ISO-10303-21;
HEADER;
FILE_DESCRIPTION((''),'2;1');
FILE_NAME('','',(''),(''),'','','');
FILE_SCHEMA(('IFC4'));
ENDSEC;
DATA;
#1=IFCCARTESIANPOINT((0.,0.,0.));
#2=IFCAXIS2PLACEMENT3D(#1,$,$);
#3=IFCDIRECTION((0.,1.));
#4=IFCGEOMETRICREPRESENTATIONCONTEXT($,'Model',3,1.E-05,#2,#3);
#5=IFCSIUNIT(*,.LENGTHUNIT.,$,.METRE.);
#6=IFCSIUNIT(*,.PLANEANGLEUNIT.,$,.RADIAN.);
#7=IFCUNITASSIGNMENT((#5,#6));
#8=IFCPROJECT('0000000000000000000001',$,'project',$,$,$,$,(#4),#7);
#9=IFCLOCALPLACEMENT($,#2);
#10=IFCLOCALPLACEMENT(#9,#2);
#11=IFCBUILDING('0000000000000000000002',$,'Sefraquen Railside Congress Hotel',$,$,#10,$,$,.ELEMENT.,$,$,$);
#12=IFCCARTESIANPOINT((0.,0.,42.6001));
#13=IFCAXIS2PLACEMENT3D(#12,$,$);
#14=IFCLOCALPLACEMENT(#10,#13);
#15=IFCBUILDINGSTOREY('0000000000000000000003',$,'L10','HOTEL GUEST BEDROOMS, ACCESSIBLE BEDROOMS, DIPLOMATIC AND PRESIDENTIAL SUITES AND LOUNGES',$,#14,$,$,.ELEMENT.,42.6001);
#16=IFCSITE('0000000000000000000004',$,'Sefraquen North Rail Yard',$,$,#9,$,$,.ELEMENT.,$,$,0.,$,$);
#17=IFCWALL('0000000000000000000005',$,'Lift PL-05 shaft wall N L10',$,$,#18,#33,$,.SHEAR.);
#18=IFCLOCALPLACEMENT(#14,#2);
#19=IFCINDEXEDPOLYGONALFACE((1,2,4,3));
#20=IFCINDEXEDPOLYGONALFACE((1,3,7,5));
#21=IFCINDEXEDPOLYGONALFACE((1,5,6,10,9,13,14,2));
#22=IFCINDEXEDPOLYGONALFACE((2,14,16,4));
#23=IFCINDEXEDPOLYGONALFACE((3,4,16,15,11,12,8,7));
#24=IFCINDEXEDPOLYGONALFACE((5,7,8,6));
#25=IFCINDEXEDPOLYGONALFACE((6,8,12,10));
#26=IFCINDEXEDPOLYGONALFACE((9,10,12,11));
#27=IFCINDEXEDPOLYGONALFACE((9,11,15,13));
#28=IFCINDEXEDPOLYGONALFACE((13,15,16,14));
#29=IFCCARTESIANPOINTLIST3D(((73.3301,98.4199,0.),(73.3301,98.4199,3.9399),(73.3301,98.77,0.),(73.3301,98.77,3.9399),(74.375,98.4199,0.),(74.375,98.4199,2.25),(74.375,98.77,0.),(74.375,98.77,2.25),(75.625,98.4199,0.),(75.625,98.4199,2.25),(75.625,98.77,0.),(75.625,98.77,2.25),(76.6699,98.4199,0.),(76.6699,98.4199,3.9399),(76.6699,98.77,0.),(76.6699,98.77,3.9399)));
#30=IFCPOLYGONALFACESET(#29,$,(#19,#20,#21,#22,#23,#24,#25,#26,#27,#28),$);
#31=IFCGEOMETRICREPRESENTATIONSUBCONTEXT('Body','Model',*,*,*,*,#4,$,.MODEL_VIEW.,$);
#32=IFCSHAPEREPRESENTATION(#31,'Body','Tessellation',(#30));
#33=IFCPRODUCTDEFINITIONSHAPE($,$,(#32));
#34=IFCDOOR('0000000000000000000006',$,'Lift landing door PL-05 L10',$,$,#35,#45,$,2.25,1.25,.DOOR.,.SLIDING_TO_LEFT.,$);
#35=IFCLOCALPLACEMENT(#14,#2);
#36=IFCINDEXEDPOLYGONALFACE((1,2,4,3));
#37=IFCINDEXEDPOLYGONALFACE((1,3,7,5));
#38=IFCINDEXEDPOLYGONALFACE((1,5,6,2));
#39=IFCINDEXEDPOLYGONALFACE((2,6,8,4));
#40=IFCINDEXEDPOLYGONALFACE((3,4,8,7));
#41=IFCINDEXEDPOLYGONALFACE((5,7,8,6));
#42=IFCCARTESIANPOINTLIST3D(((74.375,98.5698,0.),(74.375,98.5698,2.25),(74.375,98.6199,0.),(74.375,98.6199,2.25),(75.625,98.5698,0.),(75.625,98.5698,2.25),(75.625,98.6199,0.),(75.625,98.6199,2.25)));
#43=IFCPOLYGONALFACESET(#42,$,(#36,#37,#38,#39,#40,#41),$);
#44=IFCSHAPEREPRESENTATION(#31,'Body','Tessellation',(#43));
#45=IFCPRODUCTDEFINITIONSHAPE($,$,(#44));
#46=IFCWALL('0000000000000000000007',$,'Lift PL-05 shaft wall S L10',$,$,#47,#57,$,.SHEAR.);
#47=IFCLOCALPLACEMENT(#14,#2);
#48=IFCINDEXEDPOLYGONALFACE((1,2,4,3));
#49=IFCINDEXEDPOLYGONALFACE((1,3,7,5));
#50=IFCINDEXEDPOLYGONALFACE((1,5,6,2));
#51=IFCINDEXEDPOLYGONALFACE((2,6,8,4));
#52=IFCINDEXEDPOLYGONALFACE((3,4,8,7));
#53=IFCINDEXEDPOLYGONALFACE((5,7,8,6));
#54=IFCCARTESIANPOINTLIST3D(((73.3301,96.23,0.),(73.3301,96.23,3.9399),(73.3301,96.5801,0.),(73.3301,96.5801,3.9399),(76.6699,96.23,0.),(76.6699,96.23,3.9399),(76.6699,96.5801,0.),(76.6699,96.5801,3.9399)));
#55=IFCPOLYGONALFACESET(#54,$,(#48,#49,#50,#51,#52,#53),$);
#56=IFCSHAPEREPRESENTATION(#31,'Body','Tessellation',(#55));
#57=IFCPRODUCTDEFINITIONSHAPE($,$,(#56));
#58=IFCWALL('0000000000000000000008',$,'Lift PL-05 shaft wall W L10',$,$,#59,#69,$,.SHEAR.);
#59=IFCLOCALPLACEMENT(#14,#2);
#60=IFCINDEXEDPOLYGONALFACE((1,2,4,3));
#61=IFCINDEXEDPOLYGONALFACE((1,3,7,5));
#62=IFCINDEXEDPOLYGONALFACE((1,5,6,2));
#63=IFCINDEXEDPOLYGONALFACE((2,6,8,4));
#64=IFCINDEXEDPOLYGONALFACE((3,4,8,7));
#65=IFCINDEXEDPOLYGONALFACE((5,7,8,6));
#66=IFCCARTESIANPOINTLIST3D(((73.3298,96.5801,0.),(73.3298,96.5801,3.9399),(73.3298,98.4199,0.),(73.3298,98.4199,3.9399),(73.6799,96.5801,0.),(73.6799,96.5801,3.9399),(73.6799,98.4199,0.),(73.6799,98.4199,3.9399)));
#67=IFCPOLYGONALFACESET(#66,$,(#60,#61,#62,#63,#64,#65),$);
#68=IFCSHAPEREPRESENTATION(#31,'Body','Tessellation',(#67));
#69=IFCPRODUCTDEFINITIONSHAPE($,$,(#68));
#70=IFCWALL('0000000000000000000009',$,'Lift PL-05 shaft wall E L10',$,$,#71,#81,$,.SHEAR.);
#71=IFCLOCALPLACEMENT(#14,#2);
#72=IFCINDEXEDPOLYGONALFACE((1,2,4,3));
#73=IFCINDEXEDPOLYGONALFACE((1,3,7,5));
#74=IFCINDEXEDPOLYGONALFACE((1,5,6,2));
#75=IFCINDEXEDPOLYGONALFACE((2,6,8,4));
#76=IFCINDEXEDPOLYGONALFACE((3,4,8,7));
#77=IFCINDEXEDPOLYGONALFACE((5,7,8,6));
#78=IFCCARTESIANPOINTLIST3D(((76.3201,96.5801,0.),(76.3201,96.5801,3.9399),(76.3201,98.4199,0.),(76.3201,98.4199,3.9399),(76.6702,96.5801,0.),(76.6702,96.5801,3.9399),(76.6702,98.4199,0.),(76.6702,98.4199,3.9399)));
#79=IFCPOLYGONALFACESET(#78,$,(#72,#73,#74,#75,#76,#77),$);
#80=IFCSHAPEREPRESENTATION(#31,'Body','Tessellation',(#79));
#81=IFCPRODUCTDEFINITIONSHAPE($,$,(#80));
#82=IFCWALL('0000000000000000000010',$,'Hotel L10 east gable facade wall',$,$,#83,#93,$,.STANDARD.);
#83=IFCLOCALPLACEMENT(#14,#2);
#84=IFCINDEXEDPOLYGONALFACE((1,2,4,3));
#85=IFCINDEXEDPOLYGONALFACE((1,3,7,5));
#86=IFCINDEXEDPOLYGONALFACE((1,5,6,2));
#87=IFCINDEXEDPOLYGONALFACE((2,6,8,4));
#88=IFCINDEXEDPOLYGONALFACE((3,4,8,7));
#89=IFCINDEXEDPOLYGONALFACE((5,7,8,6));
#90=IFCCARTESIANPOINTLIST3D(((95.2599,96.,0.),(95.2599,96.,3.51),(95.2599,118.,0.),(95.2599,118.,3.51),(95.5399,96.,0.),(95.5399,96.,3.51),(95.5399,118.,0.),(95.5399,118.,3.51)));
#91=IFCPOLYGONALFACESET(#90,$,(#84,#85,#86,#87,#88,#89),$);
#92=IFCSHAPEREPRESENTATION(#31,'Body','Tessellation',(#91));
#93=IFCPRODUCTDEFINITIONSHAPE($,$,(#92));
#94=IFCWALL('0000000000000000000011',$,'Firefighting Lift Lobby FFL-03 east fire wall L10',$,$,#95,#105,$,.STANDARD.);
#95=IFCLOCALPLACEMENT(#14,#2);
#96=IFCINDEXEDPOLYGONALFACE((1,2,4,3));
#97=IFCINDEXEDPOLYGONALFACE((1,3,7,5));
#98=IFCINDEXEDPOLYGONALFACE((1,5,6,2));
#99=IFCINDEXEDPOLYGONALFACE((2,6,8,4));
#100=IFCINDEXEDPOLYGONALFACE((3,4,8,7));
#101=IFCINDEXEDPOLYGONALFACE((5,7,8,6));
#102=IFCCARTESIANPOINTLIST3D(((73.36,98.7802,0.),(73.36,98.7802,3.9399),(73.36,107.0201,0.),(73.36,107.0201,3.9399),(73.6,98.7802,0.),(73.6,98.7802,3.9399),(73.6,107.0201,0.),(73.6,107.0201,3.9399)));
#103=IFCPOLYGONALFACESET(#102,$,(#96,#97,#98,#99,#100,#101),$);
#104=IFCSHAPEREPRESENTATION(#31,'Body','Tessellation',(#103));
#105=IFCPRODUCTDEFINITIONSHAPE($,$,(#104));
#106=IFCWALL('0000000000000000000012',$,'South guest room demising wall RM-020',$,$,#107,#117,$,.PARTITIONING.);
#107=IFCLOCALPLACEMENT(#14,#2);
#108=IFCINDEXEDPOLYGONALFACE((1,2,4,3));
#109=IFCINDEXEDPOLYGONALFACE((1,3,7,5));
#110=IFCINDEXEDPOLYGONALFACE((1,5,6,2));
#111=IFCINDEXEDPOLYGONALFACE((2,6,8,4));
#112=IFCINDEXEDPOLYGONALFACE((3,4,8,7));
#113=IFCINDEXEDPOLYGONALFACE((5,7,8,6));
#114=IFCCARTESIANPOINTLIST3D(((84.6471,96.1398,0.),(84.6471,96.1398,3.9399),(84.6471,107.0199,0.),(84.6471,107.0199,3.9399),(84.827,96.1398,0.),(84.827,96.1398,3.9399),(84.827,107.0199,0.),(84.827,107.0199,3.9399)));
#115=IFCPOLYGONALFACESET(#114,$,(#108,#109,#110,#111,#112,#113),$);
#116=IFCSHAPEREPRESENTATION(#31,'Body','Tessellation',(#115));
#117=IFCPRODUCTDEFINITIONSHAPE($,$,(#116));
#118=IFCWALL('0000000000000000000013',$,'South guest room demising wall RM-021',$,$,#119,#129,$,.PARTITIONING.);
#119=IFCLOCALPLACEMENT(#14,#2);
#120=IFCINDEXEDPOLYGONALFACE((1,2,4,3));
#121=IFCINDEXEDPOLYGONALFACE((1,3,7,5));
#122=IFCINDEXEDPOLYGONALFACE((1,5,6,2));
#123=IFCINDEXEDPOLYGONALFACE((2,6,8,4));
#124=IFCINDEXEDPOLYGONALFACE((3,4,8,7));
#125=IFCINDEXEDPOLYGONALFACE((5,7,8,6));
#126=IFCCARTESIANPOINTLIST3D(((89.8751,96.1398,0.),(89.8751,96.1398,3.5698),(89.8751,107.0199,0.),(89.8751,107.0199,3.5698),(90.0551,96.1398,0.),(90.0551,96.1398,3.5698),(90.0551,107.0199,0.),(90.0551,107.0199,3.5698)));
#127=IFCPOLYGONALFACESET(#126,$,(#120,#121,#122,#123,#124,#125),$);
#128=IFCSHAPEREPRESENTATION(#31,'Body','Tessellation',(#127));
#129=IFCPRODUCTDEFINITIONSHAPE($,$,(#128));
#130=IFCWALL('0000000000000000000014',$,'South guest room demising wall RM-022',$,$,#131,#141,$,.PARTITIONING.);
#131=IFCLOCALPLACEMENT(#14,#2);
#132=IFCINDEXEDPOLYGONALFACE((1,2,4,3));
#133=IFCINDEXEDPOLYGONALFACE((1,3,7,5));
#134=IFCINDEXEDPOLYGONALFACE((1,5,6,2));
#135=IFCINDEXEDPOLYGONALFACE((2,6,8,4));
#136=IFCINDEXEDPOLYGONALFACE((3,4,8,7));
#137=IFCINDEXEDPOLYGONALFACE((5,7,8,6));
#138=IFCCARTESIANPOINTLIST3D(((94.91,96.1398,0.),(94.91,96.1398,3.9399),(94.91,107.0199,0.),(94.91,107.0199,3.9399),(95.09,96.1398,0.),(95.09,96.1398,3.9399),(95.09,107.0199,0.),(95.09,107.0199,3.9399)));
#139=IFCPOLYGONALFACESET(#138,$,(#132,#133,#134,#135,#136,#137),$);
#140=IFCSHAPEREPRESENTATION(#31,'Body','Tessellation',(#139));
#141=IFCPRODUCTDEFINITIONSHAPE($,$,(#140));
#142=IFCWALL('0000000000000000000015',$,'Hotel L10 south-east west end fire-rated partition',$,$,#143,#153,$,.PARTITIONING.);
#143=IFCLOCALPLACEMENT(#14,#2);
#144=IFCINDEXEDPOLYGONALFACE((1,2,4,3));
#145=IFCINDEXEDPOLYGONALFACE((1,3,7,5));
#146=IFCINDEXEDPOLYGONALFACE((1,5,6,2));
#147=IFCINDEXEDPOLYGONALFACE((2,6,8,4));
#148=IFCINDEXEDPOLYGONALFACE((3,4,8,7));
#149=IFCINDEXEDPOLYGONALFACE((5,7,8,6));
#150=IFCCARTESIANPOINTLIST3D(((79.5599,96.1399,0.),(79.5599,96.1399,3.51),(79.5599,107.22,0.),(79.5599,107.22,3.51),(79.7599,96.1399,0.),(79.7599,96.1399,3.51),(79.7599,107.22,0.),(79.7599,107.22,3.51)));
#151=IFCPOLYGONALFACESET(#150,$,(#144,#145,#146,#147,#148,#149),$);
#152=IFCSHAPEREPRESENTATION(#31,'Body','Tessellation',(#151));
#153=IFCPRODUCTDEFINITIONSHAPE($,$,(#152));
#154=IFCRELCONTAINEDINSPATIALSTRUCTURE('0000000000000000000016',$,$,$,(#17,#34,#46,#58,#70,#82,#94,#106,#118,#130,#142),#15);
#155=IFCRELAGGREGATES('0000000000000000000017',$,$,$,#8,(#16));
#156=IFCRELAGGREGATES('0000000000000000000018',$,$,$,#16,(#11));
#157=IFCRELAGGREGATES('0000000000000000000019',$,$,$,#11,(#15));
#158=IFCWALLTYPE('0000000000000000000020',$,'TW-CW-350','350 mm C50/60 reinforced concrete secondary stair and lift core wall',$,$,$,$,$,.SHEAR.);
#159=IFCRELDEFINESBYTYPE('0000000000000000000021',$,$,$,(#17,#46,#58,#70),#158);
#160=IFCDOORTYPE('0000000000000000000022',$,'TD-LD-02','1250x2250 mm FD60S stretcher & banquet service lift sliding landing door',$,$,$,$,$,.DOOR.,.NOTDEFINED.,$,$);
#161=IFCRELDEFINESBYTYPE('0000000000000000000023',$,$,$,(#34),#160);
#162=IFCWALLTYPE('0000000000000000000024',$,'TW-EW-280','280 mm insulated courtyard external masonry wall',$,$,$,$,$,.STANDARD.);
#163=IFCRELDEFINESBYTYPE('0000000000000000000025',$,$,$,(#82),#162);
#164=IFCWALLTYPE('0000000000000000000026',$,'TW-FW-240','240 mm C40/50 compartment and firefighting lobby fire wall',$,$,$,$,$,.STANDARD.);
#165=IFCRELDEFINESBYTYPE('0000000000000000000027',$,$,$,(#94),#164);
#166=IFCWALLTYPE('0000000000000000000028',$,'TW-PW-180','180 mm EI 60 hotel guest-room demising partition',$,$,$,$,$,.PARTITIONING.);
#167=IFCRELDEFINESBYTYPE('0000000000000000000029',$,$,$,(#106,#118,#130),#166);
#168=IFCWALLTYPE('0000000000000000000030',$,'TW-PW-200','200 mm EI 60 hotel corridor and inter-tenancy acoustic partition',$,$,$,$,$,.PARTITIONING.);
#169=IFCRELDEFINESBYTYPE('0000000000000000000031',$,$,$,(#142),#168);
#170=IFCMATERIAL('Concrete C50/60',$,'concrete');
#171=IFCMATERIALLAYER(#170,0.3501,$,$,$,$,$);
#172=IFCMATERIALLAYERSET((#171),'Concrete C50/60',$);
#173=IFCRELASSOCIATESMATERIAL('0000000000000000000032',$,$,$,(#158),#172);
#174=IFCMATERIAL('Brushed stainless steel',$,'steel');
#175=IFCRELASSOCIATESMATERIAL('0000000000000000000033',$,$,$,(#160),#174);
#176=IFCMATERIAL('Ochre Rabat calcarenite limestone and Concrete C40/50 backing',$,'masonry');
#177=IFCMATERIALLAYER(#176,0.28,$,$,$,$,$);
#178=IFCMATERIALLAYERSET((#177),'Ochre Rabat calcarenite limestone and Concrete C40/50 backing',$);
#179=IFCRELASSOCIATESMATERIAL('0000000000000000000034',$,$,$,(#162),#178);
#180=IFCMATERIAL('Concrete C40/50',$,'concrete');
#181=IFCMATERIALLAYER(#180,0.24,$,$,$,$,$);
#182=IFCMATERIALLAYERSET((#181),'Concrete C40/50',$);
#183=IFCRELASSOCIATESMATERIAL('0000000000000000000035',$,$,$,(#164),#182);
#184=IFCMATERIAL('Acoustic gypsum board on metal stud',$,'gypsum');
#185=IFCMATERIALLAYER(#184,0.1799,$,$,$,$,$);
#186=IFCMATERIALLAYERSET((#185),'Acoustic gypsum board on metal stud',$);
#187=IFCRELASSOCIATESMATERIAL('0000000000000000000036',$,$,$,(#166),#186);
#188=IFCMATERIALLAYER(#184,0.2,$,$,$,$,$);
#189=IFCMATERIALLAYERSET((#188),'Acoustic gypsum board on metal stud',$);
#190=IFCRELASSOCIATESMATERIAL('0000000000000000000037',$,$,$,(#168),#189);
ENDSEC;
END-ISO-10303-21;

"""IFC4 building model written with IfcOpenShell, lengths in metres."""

from ifc_helpers import new_model, si_unit, direction, frame, frame_2d, origin, place, context, subcontext, project, spatial, rectangle, extrude, material, layer, layer_set, type_object, element, fill, save


model = new_model("IFC4")

# Units and contexts
model_context = context("Model", 3, precision=1e-05, world=origin(), true_north=direction((0.0, 1.0)))
body_context = subcontext(model_context, "Body", "Model", "MODEL_VIEW")
ifc_project = project(units=[si_unit("LENGTHUNIT", "METRE"), si_unit("PLANEANGLEUNIT", "RADIAN")], contexts=[model_context])

# Site, building, storey
site_placement = place(None, origin())
site = spatial("IfcSite", under=ifc_project, at=site_placement, Name="Sefraquen North Rail Yard", CompositionType="ELEMENT", RefElevation=0.0)
building_placement = place(site_placement, origin())
building = spatial("IfcBuilding", under=site, at=building_placement, Name="Sefraquen Railside Congress Hotel", CompositionType="ELEMENT")
storey_placement = place(building_placement, frame((0.0, 0.0, 42.6001)))
storey = spatial("IfcBuildingStorey", under=building, at=storey_placement, Name="L10", Description="HOTEL GUEST BEDROOMS, ACCESSIBLE BEDROOMS, DIPLOMATIC AND PRESIDENTIAL SUITES AND LOUNGES", CompositionType="ELEMENT", Elevation=42.6001)

# Shared definitions
ifc_material_1 = material(Name="Concrete C50/60", Category="concrete")
ifc_layer_1 = layer(ifc_material_1, 0.3501)
ifc_layer_set_1 = layer_set([ifc_layer_1], Name="Concrete C50/60")
wall_type_1 = type_object("IfcWallType", Name="TW-CW-350", Description="350 mm C50/60 reinforced concrete secondary stair and lift core wall", PredefinedType="SHEAR", material=ifc_layer_set_1)

# Wall, opening, door
wall_1_placement = place(storey_placement, frame((73.3301, 98.595, 0.0), z_axis=(0.0, 0.0, 1.0), x_axis=(1.0, 0.0, 0.0)))
wall_1 = element("IfcWall", 1, at=wall_1_placement, inside=storey, type_object=wall_type_1, Name="Lift PL-05 shaft wall N L10", PredefinedType="SHEAR", context=body_context, shape_type="SweptSolid", body=[
    extrude(rectangle(XDim=3.3398, YDim=0.3501, at=frame_2d((1.6699, 0.0))), origin(), (0.0, 0.0, 1.0), 3.9399),
])
opening_1_placement = place(wall_1_placement, frame((1.0449, 0.0, 0.0)))
opening_1 = element("IfcOpeningElement", 2, at=opening_1_placement, cuts=wall_1, PredefinedType="OPENING", context=body_context, shape_type="SweptSolid", body=[
    extrude(rectangle(XDim=1.25, YDim=2.25, at=frame_2d((0.625, 1.125))), frame((0.0, 0.1851, 0.0), z_axis=(0.0, -1.0, 0.0), x_axis=(1.0, 0.0, 0.0)), (0.0, 0.0, 1.0), 0.3701),
])
ifc_material_2 = material(Name="Brushed stainless steel", Category="steel")
door_type_1 = type_object("IfcDoorType", Name="TD-LD-02", Description="1250x2250 mm FD60S stretcher & banquet service lift sliding landing door", OperationType="NOTDEFINED", PredefinedType="DOOR", material=ifc_material_2)
door_1_placement = place(opening_1_placement, origin())
door_1 = element("IfcDoor", 3, at=door_1_placement, inside=storey, type_object=door_type_1, Name="Lift landing door PL-05 L10", OperationType="SLIDING_TO_LEFT", OverallHeight=2.25, OverallWidth=1.25, PredefinedType="DOOR", context=body_context, shape_type="SweptSolid", body=[
    extrude(rectangle(XDim=1.25, YDim=2.25, at=frame_2d((0.625, 1.125))), frame((0.0, 0.0249, 0.0), z_axis=(0.0, -1.0, 0.0), x_axis=(1.0, 0.0, 0.0)), (0.0, 0.0, 1.0), 0.05),
])
fill(opening_1, door_1)

# Walls
wall_2_placement = place(storey_placement, frame((73.3301, 96.405, 0.0), z_axis=(0.0, 0.0, 1.0), x_axis=(1.0, 0.0, 0.0)))
element("IfcWall", 4, at=wall_2_placement, inside=storey, type_object=wall_type_1, Name="Lift PL-05 shaft wall S L10", PredefinedType="SHEAR", context=body_context, shape_type="SweptSolid", body=[
    extrude(rectangle(XDim=3.3398, YDim=0.3501, at=frame_2d((1.6699, 0.0))), origin(), (0.0, 0.0, 1.0), 3.9399),
])
for number, where, z_axis, x_axis, name in (
    (5, (73.5049, 96.5801, 0.0), (0.0, 0.0, 1.0), (0.0, 1.0, 0.0), "Lift PL-05 shaft wall W L10"),
    (6, (76.4951, 96.5801, 0.0), (0.0, 0.0, 1.0), (0.0, 1.0, 0.0), "Lift PL-05 shaft wall E L10"),
):
    element("IfcWall", number, at=place(storey_placement, frame(where, z_axis=z_axis, x_axis=x_axis)), inside=storey, type_object=wall_type_1, Name=name, PredefinedType="SHEAR", context=body_context, shape_type="SweptSolid", body=[
        extrude(rectangle(XDim=1.8398, YDim=0.3501, at=frame_2d((0.9199, 0.0))), origin(), (0.0, 0.0, 1.0), 3.9399),
    ])
ifc_material_3 = material(Name="Ochre Rabat calcarenite limestone and Concrete C40/50 backing", Category="masonry")
ifc_layer_2 = layer(ifc_material_3, 0.28)
ifc_layer_set_2 = layer_set([ifc_layer_2], Name="Ochre Rabat calcarenite limestone and Concrete C40/50 backing")
wall_type_2 = type_object("IfcWallType", Name="TW-EW-280", Description="280 mm insulated courtyard external masonry wall", PredefinedType="STANDARD", material=ifc_layer_set_2)
wall_3_placement = place(storey_placement, frame((95.3999, 96.0, 0.0), z_axis=(0.0, 0.0, 1.0), x_axis=(0.0, 1.0, 0.0)))
element("IfcWall", 7, at=wall_3_placement, inside=storey, type_object=wall_type_2, Name="Hotel L10 east gable facade wall", PredefinedType="STANDARD", context=body_context, shape_type="SweptSolid", body=[
    extrude(rectangle(XDim=22.0, YDim=0.28, at=frame_2d((11.0, 0.0))), origin(), (0.0, 0.0, 1.0), 3.51),
])
ifc_material_4 = material(Name="Concrete C40/50", Category="concrete")
ifc_layer_3 = layer(ifc_material_4, 0.24)
ifc_layer_set_3 = layer_set([ifc_layer_3], Name="Concrete C40/50")
wall_type_3 = type_object("IfcWallType", Name="TW-FW-240", Description="240 mm C40/50 compartment and firefighting lobby fire wall", PredefinedType="STANDARD", material=ifc_layer_set_3)
wall_4_placement = place(storey_placement, frame((73.48, 98.78, 0.0), z_axis=(0.0, 0.0, 1.0), x_axis=(0.0, 1.0, 0.0)))
element("IfcWall", 8, at=wall_4_placement, inside=storey, type_object=wall_type_3, Name="Firefighting Lift Lobby FFL-03 east fire wall L10", PredefinedType="STANDARD", context=body_context, shape_type="SweptSolid", body=[
    extrude(rectangle(XDim=8.24, YDim=0.24, at=frame_2d((4.1201, 0.0))), origin(), (0.0, 0.0, 1.0), 3.9399),
])
ifc_material_5 = material(Name="Acoustic gypsum board on metal stud", Category="gypsum")
ifc_layer_4 = layer(ifc_material_5, 0.1799)
ifc_layer_set_4 = layer_set([ifc_layer_4], Name="Acoustic gypsum board on metal stud")
wall_type_4 = type_object("IfcWallType", Name="TW-PW-180", Description="180 mm EI 60 hotel guest-room demising partition", PredefinedType="PARTITIONING", material=ifc_layer_set_4)
wall_5_placement = place(storey_placement, frame((84.7371, 96.1399, 0.0), z_axis=(0.0, 0.0, 1.0), x_axis=(0.0, 1.0, 0.0)))
element("IfcWall", 9, at=wall_5_placement, inside=storey, type_object=wall_type_4, Name="South guest room demising wall RM-020", PredefinedType="PARTITIONING", context=body_context, shape_type="SweptSolid", body=[
    extrude(rectangle(XDim=10.8801, YDim=0.1799, at=frame_2d((5.4399, 0.0))), origin(), (0.0, 0.0, 1.0), 3.9399),
])
wall_6_placement = place(storey_placement, frame((89.9651, 96.1399, 0.0), z_axis=(0.0, 0.0, 1.0), x_axis=(0.0, 1.0, 0.0)))
element("IfcWall", 10, at=wall_6_placement, inside=storey, type_object=wall_type_4, Name="South guest room demising wall RM-021", PredefinedType="PARTITIONING", context=body_context, shape_type="SweptSolid", body=[
    extrude(rectangle(XDim=10.8801, YDim=0.1799, at=frame_2d((5.4399, 0.0))), origin(), (0.0, 0.0, 1.0), 3.5698),
])
wall_7_placement = place(storey_placement, frame((95.0, 96.1399, 0.0), z_axis=(0.0, 0.0, 1.0), x_axis=(0.0, 1.0, 0.0)))
element("IfcWall", 11, at=wall_7_placement, inside=storey, type_object=wall_type_4, Name="South guest room demising wall RM-022", PredefinedType="PARTITIONING", context=body_context, shape_type="SweptSolid", body=[
    extrude(rectangle(XDim=10.8801, YDim=0.1799, at=frame_2d((5.4399, 0.0))), origin(), (0.0, 0.0, 1.0), 3.9399),
])
ifc_layer_5 = layer(ifc_material_5, 0.2)
ifc_layer_set_5 = layer_set([ifc_layer_5], Name="Acoustic gypsum board on metal stud")
wall_type_5 = type_object("IfcWallType", Name="TW-PW-200", Description="200 mm EI 60 hotel corridor and inter-tenancy acoustic partition", PredefinedType="PARTITIONING", material=ifc_layer_set_5)
wall_8_placement = place(storey_placement, frame((79.6599, 96.1399, 0.0), z_axis=(0.0, 0.0, 1.0), x_axis=(0.0, 1.0, 0.0)))
element("IfcWall", 12, at=wall_8_placement, inside=storey, type_object=wall_type_5, Name="Hotel L10 south-east west end fire-rated partition", PredefinedType="PARTITIONING", context=body_context, shape_type="SweptSolid", body=[
    extrude(rectangle(XDim=11.0801, YDim=0.2, at=frame_2d((5.54, 0.0))), origin(), (0.0, 0.0, 1.0), 3.51),
])

save(model, "model.ifc")
